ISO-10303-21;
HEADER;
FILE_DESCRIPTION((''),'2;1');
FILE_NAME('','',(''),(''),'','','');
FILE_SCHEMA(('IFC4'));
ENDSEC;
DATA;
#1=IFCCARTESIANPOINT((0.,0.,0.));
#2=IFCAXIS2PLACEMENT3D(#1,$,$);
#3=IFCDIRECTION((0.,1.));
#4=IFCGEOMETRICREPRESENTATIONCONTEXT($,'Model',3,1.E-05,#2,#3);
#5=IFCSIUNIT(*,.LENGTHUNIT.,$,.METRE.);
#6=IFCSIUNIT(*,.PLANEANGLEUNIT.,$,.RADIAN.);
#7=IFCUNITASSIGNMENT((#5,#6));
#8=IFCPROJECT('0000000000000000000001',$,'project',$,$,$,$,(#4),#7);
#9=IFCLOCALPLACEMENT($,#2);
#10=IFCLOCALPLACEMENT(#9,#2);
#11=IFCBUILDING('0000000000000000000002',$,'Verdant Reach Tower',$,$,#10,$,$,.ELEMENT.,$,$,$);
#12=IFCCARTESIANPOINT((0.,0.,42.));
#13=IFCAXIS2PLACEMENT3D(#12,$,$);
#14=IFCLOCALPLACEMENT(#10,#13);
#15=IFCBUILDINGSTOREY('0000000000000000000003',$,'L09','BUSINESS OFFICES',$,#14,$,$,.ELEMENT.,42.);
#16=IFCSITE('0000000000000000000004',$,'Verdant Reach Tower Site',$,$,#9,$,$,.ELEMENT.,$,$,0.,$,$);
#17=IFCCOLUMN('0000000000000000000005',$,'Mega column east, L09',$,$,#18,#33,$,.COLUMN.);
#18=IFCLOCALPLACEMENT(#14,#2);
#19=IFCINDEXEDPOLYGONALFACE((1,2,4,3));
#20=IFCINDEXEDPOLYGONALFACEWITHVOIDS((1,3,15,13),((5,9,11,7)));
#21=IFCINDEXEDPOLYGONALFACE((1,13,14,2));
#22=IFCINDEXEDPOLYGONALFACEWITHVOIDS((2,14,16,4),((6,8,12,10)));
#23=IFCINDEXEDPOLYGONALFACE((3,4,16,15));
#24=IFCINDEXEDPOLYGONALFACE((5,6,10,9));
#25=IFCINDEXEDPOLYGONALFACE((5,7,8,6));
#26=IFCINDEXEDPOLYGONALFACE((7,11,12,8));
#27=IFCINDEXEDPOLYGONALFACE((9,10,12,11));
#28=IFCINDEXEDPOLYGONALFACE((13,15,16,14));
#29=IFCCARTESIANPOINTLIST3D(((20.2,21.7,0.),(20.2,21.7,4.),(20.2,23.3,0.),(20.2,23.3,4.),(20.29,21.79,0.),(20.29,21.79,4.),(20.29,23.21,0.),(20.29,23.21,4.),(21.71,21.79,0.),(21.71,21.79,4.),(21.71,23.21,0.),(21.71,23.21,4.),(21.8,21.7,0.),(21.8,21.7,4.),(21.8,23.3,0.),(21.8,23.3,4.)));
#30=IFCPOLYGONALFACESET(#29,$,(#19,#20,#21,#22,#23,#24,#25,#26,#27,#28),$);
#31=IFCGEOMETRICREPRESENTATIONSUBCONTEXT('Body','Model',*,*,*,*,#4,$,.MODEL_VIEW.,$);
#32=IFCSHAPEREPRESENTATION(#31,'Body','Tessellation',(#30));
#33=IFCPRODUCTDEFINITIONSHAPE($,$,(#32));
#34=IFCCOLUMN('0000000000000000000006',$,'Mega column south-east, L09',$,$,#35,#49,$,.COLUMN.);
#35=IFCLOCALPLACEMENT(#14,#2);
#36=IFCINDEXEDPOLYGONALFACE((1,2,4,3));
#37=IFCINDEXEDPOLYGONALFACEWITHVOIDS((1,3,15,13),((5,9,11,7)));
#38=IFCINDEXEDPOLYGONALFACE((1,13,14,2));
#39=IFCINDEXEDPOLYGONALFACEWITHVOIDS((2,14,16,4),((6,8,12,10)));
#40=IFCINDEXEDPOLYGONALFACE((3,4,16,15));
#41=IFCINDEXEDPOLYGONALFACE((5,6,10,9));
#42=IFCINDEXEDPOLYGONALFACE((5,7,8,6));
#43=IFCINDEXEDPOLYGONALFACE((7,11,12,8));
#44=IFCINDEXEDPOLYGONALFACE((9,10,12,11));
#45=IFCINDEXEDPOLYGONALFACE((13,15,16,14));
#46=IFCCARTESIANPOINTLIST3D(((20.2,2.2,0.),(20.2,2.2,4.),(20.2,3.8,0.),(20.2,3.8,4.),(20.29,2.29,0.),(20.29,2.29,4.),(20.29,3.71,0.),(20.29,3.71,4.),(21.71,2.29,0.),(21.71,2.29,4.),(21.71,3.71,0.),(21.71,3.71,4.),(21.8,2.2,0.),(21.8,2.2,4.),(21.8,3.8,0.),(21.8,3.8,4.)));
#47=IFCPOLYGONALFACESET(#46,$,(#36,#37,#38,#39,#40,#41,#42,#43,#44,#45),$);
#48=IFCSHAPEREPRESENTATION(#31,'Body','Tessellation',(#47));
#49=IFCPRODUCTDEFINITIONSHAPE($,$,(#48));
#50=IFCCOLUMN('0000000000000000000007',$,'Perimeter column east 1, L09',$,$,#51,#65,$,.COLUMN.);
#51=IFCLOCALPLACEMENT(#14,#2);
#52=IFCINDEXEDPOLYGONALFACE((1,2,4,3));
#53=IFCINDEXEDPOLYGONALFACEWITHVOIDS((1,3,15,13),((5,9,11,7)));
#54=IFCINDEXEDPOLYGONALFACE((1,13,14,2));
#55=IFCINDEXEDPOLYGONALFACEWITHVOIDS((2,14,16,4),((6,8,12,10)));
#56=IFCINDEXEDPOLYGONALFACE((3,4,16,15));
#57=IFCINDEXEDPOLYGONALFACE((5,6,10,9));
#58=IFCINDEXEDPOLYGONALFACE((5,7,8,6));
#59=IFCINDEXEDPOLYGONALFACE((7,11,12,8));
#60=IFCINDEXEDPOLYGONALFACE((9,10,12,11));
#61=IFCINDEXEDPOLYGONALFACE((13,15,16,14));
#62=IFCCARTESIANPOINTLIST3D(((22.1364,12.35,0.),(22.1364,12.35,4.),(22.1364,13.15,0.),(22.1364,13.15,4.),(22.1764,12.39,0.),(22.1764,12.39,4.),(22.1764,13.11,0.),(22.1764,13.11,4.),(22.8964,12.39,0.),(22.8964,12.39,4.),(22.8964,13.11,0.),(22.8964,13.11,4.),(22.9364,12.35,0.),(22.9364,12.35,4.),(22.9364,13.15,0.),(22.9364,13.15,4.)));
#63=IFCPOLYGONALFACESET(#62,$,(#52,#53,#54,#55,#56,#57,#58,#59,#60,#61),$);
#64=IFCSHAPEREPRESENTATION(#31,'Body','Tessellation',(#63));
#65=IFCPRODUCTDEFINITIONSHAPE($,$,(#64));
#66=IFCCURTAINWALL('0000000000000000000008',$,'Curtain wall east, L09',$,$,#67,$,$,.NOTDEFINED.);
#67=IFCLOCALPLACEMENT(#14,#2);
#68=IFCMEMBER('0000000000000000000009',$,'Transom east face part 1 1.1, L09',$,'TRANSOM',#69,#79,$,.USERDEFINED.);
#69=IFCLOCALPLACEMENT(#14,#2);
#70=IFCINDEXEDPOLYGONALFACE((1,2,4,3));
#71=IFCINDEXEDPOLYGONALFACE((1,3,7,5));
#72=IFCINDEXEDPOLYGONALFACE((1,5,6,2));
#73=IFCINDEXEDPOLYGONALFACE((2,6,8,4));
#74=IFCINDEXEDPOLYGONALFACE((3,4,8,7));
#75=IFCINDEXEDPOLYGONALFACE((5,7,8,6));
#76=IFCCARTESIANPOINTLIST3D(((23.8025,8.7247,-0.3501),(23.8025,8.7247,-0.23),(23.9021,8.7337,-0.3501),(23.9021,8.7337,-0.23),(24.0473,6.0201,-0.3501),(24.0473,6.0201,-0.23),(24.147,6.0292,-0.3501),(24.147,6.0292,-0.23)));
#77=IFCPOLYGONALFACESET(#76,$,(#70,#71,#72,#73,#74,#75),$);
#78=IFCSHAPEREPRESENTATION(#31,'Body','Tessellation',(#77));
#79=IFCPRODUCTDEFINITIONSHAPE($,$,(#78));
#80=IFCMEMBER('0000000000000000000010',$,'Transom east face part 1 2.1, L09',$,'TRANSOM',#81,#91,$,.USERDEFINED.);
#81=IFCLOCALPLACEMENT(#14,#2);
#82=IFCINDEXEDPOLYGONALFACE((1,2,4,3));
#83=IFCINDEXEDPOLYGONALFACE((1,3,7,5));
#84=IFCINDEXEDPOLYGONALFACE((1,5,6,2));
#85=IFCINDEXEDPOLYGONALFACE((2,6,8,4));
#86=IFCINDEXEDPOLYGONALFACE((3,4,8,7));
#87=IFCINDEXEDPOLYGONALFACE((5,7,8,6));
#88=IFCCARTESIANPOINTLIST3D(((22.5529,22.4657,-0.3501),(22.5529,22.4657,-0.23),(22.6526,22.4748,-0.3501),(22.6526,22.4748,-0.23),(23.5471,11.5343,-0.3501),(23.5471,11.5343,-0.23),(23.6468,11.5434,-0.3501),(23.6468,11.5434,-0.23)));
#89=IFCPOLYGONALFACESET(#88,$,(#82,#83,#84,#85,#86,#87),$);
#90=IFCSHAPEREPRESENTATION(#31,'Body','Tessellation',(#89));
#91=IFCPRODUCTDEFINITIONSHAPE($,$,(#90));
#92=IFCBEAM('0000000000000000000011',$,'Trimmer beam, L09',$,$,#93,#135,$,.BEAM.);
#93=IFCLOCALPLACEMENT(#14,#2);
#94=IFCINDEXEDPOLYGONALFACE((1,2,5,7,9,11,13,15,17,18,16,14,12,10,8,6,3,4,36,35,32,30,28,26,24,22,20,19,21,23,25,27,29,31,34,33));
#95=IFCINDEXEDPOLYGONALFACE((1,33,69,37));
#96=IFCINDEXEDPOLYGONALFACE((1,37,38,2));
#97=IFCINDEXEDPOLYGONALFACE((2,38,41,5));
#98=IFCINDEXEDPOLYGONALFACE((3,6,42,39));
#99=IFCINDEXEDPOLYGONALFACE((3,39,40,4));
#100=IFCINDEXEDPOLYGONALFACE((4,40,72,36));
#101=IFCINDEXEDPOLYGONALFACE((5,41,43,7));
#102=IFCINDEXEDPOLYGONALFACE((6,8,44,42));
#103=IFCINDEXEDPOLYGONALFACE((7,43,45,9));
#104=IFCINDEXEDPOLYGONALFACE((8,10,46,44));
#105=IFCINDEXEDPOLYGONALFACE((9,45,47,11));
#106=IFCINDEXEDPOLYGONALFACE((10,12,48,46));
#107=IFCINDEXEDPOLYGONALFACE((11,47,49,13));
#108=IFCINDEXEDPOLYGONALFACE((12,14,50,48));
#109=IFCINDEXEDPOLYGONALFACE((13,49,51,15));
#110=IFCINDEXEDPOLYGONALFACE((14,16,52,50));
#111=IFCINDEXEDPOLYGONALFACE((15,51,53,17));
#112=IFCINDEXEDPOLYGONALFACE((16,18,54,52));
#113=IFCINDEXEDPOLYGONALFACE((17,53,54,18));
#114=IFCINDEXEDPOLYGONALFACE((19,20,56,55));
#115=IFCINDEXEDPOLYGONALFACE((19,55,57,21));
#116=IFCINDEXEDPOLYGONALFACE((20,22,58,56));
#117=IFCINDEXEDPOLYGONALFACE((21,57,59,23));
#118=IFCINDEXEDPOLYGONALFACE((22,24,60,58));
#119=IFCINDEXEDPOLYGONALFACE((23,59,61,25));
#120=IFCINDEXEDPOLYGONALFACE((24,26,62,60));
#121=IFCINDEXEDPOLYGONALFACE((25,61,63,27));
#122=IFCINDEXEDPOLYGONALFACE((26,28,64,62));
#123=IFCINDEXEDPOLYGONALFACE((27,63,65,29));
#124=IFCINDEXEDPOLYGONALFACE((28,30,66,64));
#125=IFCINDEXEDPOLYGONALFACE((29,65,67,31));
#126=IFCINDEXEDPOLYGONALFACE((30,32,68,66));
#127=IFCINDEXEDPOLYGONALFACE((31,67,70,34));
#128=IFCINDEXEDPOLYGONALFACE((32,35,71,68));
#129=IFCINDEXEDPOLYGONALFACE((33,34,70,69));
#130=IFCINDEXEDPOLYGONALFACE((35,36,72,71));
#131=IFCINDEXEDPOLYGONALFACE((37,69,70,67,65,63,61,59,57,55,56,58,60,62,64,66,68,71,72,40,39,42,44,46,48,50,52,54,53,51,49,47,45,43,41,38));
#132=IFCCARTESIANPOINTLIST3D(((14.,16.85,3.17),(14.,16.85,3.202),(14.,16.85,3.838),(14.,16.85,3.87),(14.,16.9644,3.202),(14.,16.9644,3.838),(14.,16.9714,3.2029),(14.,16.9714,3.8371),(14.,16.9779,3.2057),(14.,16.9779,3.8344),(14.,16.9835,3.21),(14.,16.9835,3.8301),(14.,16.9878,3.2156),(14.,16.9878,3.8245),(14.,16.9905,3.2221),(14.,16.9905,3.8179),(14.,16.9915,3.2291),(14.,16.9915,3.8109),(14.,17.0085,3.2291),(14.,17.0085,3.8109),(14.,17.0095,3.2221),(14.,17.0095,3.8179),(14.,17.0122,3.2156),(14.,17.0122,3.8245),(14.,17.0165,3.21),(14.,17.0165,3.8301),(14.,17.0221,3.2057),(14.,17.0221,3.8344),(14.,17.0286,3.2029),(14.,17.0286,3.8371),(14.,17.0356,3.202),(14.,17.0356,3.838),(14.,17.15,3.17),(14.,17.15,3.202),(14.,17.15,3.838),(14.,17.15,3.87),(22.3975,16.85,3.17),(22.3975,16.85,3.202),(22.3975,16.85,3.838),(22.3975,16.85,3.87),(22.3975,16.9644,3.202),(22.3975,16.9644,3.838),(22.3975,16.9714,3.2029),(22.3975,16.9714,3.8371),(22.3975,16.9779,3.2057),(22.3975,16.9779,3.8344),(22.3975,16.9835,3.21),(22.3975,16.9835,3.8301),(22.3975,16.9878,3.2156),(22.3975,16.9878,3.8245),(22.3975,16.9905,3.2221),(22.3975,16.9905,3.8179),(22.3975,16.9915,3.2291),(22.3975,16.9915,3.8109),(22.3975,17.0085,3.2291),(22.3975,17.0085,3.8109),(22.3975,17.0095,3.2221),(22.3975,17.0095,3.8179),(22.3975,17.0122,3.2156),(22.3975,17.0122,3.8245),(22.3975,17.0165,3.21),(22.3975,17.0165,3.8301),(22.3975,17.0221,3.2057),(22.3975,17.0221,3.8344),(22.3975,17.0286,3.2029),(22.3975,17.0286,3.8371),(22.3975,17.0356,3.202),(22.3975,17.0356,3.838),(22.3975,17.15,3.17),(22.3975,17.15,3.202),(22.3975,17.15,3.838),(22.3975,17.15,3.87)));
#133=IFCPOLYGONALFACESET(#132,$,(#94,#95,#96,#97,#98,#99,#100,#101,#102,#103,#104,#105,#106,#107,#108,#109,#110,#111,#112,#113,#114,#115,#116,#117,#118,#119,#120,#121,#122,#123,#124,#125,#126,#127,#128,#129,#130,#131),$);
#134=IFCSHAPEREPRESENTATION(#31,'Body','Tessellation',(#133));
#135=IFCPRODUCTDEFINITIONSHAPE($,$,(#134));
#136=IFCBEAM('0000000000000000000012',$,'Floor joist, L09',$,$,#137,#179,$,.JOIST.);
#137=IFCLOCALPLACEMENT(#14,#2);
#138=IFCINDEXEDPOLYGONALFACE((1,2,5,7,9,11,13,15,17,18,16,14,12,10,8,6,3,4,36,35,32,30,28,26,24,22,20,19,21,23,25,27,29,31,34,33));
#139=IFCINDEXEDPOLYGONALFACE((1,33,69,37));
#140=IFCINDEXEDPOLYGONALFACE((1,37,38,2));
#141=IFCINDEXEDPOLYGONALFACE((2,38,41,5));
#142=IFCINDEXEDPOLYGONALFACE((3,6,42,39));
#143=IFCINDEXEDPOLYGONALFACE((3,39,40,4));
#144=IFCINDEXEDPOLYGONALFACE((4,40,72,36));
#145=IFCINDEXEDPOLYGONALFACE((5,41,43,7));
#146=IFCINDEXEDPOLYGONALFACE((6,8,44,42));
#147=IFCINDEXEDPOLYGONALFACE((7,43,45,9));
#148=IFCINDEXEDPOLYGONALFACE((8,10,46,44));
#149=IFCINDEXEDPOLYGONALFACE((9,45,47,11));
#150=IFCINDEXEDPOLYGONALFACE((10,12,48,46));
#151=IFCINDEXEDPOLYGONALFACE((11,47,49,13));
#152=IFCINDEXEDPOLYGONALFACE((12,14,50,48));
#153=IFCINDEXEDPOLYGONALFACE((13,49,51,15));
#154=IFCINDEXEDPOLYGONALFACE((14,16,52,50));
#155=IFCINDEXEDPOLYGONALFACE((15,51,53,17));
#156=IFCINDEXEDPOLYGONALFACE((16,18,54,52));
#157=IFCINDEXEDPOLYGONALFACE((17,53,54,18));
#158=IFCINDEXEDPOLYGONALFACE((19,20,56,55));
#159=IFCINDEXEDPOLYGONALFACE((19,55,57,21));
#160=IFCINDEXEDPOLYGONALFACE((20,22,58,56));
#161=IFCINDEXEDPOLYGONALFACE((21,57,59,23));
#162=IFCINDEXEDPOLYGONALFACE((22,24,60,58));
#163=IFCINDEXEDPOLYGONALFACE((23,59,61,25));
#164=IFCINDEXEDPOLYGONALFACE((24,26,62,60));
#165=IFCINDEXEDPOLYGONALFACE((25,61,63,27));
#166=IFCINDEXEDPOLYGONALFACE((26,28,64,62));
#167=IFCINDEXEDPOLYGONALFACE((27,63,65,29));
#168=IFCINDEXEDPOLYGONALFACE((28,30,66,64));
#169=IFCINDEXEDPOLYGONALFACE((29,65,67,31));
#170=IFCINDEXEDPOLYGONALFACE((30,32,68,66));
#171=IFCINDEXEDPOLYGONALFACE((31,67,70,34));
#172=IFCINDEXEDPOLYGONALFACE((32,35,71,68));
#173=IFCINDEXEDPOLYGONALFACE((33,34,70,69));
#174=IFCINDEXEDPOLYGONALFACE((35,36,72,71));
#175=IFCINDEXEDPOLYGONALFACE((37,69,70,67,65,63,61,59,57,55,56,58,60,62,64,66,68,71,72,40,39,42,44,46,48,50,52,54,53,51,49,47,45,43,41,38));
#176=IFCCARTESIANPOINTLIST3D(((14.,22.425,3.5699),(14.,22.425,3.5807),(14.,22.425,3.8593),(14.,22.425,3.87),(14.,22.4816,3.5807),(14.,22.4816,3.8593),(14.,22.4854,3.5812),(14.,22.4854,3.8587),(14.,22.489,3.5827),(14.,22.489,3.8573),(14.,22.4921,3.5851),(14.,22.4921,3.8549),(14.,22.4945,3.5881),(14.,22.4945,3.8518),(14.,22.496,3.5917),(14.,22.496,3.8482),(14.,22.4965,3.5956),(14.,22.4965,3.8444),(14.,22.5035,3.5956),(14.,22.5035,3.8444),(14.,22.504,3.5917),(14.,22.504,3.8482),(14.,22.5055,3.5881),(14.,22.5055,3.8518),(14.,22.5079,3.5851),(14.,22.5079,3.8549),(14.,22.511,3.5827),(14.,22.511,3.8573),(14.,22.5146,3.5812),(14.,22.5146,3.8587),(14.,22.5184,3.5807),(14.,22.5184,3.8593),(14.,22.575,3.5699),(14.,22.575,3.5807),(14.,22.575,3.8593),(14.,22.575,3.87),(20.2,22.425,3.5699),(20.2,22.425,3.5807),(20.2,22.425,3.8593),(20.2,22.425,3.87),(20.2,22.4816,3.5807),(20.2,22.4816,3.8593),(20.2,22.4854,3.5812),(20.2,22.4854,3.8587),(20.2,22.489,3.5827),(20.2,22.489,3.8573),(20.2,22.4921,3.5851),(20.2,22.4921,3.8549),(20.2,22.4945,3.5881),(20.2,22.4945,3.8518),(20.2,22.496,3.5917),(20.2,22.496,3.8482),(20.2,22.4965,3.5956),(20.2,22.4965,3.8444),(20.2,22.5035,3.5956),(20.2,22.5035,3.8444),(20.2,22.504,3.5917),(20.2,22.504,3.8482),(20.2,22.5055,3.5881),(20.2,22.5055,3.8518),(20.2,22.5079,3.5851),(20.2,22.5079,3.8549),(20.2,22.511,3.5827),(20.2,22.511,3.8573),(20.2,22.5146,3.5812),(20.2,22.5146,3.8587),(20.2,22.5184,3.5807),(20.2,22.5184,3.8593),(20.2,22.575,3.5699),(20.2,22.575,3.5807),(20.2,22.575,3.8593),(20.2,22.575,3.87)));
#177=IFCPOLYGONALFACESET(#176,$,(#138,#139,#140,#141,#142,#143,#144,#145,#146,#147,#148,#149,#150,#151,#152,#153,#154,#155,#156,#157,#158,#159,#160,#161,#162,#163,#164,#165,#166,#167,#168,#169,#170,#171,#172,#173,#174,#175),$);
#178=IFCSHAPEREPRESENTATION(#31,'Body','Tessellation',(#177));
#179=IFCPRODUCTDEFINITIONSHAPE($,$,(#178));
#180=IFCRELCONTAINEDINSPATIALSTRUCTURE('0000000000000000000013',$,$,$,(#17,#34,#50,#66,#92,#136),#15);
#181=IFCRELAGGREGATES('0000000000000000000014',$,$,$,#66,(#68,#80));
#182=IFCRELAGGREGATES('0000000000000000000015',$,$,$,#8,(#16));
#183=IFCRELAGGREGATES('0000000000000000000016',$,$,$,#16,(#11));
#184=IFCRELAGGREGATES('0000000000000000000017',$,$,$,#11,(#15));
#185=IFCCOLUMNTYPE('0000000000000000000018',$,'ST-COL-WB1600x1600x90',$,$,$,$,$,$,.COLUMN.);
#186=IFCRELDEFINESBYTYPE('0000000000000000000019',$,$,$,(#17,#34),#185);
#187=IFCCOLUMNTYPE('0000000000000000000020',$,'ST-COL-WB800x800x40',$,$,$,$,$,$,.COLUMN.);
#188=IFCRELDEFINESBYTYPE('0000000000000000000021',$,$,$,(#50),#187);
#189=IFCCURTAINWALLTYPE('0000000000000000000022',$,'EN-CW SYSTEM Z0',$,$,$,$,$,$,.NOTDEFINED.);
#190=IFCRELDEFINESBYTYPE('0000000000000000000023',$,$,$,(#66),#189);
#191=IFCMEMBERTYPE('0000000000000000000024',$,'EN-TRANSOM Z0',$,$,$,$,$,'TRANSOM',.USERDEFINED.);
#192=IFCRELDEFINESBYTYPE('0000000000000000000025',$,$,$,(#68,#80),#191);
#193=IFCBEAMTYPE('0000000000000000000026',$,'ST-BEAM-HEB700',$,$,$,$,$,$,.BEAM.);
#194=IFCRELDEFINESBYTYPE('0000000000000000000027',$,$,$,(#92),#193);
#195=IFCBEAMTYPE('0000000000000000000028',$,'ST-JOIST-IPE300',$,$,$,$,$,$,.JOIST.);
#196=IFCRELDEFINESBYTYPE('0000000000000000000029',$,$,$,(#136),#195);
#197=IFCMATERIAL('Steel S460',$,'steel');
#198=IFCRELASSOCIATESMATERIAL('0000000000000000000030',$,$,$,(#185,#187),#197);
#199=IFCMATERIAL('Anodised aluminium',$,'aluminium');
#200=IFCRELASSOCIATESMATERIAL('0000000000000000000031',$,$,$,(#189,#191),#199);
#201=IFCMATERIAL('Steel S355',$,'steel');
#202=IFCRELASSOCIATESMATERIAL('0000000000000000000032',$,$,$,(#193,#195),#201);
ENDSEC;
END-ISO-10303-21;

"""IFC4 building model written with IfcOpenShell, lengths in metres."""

from ifc_helpers import new_model, si_unit, direction, frame, origin, origin_2d, place, context, subcontext, project, spatial, rectangle, hollow_rectangle, i_section, extrude, material, material_profile, profile_set, type_object, element, aggregate, save


model = new_model("IFC4")

# Units and contexts
model_context = context("Model", 3, precision=1e-05, world=origin(), true_north=direction((0.0, 1.0)))
body_context = subcontext(model_context, "Body", "Model", "MODEL_VIEW")
ifc_project = project(units=[si_unit("LENGTHUNIT", "METRE"), si_unit("PLANEANGLEUNIT", "RADIAN")], contexts=[model_context])

# Site, building, storey
site_placement = place(None, origin())
site = spatial("IfcSite", under=ifc_project, at=site_placement, Name="Verdant Reach Tower Site", CompositionType="ELEMENT", RefElevation=0.0)
building_placement = place(site_placement, origin())
building = spatial("IfcBuilding", under=site, at=building_placement, Name="Verdant Reach Tower", CompositionType="ELEMENT")
storey_placement = place(building_placement, frame((0.0, 0.0, 42.0)))
storey = spatial("IfcBuildingStorey", under=building, at=storey_placement, Name="L09", Description="BUSINESS OFFICES", CompositionType="ELEMENT", Elevation=42.0)

# Columns
ifc_material_1 = material(Name="Steel S460", Category="steel")
ifc_material_profile_1 = material_profile(ifc_material_1, hollow_rectangle(XDim=1.6001, YDim=1.6001, WallThickness=0.0901, at=origin_2d()), Name="WB 1600x1600x90")
ifc_profile_set_1 = profile_set([ifc_material_profile_1], Name="Steel S460")
column_type_1 = type_object("IfcColumnType", Name="ST-COL-WB1600x1600x90", PredefinedType="COLUMN", material=ifc_profile_set_1)
for number, where, z_axis, x_axis, name in (
    (1, (21.0, 22.5, 0.0), (0.0, 0.0, 1.0), (1.0, 0.0, 0.0), "Mega column east, L09"),
    (2, (21.0, 3.0, 0.0), (0.0, 0.0, 1.0), (1.0, 0.0, 0.0), "Mega column south-east, L09"),
):
    element("IfcColumn", number, at=place(storey_placement, frame(where, z_axis=z_axis, x_axis=x_axis)), inside=storey, type_object=column_type_1, Name=name, PredefinedType="COLUMN", context=body_context, shape_type="SweptSolid", body=[
        extrude(hollow_rectangle(XDim=1.6001, YDim=1.6001, WallThickness=0.0901, at=origin_2d()), origin(), (0.0, 0.0, 1.0), 4.0),
    ])
ifc_material_profile_2 = material_profile(ifc_material_1, hollow_rectangle(XDim=0.8, YDim=0.8, WallThickness=0.04, at=origin_2d()), Name="WB 800x800x40")
ifc_profile_set_2 = profile_set([ifc_material_profile_2], Name="Steel S460")
column_type_2 = type_object("IfcColumnType", Name="ST-COL-WB800x800x40", PredefinedType="COLUMN", material=ifc_profile_set_2)
column_placement = place(storey_placement, frame((22.5364, 12.75, 0.0), z_axis=(0.0, 0.0, 1.0), x_axis=(1.0, 0.0, 0.0)))
element("IfcColumn", 3, at=column_placement, inside=storey, type_object=column_type_2, Name="Perimeter column east 1, L09", PredefinedType="COLUMN", context=body_context, shape_type="SweptSolid", body=[
    extrude(hollow_rectangle(XDim=0.8, YDim=0.8, WallThickness=0.04, at=origin_2d()), origin(), (0.0, 0.0, 1.0), 4.0),
])

# Curtain wall, members
ifc_material_2 = material(Name="Anodised aluminium", Category="aluminium")
curtain_wall_type = type_object("IfcCurtainWallType", Name="EN-CW SYSTEM Z0", PredefinedType="NOTDEFINED", material=ifc_material_2)
curtain_wall_1_placement = place(storey_placement, origin())
curtain_wall_1 = element("IfcCurtainWall", 4, at=curtain_wall_1_placement, inside=storey, type_object=curtain_wall_type, Name="Curtain wall east, L09", PredefinedType="NOTDEFINED")
ifc_material_profile_3 = material_profile(ifc_material_2, rectangle(XDim=0.1001, YDim=0.1201, at=origin_2d()), Name="Transom 120x100")
ifc_profile_set_3 = profile_set([ifc_material_profile_3], Name="Anodised aluminium")
member_type = type_object("IfcMemberType", Name="EN-TRANSOM Z0", ElementType="TRANSOM", PredefinedType="USERDEFINED", material=ifc_profile_set_3)
member_1_placement = place(storey_placement, frame((24.0972, 6.0247, -0.29), z_axis=(-0.090171, 0.995926, 0.0), x_axis=(-0.995926, -0.090171, 0.0)))
member_1 = element("IfcMember", 5, at=member_1_placement, type_object=member_type, Name="Transom east face part 1 1.1, L09", ObjectType="TRANSOM", PredefinedType="USERDEFINED", context=body_context, shape_type="SweptSolid", body=[
    extrude(rectangle(XDim=0.1001, YDim=0.1201, at=origin_2d()), origin(), (0.0, 0.0, 1.0), 2.7156),
])
member_2_placement = place(storey_placement, frame((23.5969, 11.5388, -0.29), z_axis=(-0.09057, 0.99589, 0.0), x_axis=(-0.99589, -0.09057, 0.0)))
member_2 = element("IfcMember", 6, at=member_2_placement, type_object=member_type, Name="Transom east face part 1 2.1, L09", ObjectType="TRANSOM", PredefinedType="USERDEFINED", context=body_context, shape_type="SweptSolid", body=[
    extrude(rectangle(XDim=0.1001, YDim=0.1201, at=origin_2d()), origin(), (0.0, 0.0, 1.0), 10.9766),
])

# Beams
ifc_material_3 = material(Name="Steel S355", Category="steel")
ifc_material_profile_4 = material_profile(ifc_material_3, i_section(OverallWidth=0.3, OverallDepth=0.7, WebThickness=0.0171, FlangeThickness=0.032, FilletRadius=0.0271, at=origin_2d()), Name="HEB 700")
ifc_profile_set_4 = profile_set([ifc_material_profile_4], Name="Steel S355")
beam_type_1 = type_object("IfcBeamType", Name="ST-BEAM-HEB700", PredefinedType="BEAM", material=ifc_profile_set_4)
beam_1_placement = place(storey_placement, frame((14.0, 17.0, 3.52), z_axis=(1.0, 0.0, 0.0), x_axis=(0.0, 1.0, 0.0)))
element("IfcBeam", 7, at=beam_1_placement, inside=storey, type_object=beam_type_1, Name="Trimmer beam, L09", PredefinedType="BEAM", context=body_context, shape_type="SweptSolid", body=[
    extrude(i_section(OverallWidth=0.3, OverallDepth=0.7, WebThickness=0.0171, FlangeThickness=0.032, FilletRadius=0.0271, at=origin_2d()), origin(), (0.0, 0.0, 1.0), 8.3975),
])
ifc_material_profile_5 = material_profile(ifc_material_3, i_section(OverallWidth=0.1499, OverallDepth=0.3, WebThickness=0.0071, FlangeThickness=0.0107, FilletRadius=0.0149, at=origin_2d()), Name="IPE 300")
ifc_profile_set_5 = profile_set([ifc_material_profile_5], Name="Steel S355")
beam_type_2 = type_object("IfcBeamType", Name="ST-JOIST-IPE300", PredefinedType="JOIST", material=ifc_profile_set_5)
beam_2_placement = place(storey_placement, frame((14.0, 22.5, 3.72), z_axis=(1.0, 0.0, 0.0), x_axis=(0.0, 1.0, 0.0)))
element("IfcBeam", 8, at=beam_2_placement, inside=storey, type_object=beam_type_2, Name="Floor joist, L09", PredefinedType="JOIST", context=body_context, shape_type="SweptSolid", body=[
    extrude(i_section(OverallWidth=0.1499, OverallDepth=0.3, WebThickness=0.0071, FlangeThickness=0.0107, FilletRadius=0.0149, at=origin_2d()), origin(), (0.0, 0.0, 1.0), 6.2),
])

aggregate(curtain_wall_1, [member_1, member_2])

save(model, "model.ifc")
